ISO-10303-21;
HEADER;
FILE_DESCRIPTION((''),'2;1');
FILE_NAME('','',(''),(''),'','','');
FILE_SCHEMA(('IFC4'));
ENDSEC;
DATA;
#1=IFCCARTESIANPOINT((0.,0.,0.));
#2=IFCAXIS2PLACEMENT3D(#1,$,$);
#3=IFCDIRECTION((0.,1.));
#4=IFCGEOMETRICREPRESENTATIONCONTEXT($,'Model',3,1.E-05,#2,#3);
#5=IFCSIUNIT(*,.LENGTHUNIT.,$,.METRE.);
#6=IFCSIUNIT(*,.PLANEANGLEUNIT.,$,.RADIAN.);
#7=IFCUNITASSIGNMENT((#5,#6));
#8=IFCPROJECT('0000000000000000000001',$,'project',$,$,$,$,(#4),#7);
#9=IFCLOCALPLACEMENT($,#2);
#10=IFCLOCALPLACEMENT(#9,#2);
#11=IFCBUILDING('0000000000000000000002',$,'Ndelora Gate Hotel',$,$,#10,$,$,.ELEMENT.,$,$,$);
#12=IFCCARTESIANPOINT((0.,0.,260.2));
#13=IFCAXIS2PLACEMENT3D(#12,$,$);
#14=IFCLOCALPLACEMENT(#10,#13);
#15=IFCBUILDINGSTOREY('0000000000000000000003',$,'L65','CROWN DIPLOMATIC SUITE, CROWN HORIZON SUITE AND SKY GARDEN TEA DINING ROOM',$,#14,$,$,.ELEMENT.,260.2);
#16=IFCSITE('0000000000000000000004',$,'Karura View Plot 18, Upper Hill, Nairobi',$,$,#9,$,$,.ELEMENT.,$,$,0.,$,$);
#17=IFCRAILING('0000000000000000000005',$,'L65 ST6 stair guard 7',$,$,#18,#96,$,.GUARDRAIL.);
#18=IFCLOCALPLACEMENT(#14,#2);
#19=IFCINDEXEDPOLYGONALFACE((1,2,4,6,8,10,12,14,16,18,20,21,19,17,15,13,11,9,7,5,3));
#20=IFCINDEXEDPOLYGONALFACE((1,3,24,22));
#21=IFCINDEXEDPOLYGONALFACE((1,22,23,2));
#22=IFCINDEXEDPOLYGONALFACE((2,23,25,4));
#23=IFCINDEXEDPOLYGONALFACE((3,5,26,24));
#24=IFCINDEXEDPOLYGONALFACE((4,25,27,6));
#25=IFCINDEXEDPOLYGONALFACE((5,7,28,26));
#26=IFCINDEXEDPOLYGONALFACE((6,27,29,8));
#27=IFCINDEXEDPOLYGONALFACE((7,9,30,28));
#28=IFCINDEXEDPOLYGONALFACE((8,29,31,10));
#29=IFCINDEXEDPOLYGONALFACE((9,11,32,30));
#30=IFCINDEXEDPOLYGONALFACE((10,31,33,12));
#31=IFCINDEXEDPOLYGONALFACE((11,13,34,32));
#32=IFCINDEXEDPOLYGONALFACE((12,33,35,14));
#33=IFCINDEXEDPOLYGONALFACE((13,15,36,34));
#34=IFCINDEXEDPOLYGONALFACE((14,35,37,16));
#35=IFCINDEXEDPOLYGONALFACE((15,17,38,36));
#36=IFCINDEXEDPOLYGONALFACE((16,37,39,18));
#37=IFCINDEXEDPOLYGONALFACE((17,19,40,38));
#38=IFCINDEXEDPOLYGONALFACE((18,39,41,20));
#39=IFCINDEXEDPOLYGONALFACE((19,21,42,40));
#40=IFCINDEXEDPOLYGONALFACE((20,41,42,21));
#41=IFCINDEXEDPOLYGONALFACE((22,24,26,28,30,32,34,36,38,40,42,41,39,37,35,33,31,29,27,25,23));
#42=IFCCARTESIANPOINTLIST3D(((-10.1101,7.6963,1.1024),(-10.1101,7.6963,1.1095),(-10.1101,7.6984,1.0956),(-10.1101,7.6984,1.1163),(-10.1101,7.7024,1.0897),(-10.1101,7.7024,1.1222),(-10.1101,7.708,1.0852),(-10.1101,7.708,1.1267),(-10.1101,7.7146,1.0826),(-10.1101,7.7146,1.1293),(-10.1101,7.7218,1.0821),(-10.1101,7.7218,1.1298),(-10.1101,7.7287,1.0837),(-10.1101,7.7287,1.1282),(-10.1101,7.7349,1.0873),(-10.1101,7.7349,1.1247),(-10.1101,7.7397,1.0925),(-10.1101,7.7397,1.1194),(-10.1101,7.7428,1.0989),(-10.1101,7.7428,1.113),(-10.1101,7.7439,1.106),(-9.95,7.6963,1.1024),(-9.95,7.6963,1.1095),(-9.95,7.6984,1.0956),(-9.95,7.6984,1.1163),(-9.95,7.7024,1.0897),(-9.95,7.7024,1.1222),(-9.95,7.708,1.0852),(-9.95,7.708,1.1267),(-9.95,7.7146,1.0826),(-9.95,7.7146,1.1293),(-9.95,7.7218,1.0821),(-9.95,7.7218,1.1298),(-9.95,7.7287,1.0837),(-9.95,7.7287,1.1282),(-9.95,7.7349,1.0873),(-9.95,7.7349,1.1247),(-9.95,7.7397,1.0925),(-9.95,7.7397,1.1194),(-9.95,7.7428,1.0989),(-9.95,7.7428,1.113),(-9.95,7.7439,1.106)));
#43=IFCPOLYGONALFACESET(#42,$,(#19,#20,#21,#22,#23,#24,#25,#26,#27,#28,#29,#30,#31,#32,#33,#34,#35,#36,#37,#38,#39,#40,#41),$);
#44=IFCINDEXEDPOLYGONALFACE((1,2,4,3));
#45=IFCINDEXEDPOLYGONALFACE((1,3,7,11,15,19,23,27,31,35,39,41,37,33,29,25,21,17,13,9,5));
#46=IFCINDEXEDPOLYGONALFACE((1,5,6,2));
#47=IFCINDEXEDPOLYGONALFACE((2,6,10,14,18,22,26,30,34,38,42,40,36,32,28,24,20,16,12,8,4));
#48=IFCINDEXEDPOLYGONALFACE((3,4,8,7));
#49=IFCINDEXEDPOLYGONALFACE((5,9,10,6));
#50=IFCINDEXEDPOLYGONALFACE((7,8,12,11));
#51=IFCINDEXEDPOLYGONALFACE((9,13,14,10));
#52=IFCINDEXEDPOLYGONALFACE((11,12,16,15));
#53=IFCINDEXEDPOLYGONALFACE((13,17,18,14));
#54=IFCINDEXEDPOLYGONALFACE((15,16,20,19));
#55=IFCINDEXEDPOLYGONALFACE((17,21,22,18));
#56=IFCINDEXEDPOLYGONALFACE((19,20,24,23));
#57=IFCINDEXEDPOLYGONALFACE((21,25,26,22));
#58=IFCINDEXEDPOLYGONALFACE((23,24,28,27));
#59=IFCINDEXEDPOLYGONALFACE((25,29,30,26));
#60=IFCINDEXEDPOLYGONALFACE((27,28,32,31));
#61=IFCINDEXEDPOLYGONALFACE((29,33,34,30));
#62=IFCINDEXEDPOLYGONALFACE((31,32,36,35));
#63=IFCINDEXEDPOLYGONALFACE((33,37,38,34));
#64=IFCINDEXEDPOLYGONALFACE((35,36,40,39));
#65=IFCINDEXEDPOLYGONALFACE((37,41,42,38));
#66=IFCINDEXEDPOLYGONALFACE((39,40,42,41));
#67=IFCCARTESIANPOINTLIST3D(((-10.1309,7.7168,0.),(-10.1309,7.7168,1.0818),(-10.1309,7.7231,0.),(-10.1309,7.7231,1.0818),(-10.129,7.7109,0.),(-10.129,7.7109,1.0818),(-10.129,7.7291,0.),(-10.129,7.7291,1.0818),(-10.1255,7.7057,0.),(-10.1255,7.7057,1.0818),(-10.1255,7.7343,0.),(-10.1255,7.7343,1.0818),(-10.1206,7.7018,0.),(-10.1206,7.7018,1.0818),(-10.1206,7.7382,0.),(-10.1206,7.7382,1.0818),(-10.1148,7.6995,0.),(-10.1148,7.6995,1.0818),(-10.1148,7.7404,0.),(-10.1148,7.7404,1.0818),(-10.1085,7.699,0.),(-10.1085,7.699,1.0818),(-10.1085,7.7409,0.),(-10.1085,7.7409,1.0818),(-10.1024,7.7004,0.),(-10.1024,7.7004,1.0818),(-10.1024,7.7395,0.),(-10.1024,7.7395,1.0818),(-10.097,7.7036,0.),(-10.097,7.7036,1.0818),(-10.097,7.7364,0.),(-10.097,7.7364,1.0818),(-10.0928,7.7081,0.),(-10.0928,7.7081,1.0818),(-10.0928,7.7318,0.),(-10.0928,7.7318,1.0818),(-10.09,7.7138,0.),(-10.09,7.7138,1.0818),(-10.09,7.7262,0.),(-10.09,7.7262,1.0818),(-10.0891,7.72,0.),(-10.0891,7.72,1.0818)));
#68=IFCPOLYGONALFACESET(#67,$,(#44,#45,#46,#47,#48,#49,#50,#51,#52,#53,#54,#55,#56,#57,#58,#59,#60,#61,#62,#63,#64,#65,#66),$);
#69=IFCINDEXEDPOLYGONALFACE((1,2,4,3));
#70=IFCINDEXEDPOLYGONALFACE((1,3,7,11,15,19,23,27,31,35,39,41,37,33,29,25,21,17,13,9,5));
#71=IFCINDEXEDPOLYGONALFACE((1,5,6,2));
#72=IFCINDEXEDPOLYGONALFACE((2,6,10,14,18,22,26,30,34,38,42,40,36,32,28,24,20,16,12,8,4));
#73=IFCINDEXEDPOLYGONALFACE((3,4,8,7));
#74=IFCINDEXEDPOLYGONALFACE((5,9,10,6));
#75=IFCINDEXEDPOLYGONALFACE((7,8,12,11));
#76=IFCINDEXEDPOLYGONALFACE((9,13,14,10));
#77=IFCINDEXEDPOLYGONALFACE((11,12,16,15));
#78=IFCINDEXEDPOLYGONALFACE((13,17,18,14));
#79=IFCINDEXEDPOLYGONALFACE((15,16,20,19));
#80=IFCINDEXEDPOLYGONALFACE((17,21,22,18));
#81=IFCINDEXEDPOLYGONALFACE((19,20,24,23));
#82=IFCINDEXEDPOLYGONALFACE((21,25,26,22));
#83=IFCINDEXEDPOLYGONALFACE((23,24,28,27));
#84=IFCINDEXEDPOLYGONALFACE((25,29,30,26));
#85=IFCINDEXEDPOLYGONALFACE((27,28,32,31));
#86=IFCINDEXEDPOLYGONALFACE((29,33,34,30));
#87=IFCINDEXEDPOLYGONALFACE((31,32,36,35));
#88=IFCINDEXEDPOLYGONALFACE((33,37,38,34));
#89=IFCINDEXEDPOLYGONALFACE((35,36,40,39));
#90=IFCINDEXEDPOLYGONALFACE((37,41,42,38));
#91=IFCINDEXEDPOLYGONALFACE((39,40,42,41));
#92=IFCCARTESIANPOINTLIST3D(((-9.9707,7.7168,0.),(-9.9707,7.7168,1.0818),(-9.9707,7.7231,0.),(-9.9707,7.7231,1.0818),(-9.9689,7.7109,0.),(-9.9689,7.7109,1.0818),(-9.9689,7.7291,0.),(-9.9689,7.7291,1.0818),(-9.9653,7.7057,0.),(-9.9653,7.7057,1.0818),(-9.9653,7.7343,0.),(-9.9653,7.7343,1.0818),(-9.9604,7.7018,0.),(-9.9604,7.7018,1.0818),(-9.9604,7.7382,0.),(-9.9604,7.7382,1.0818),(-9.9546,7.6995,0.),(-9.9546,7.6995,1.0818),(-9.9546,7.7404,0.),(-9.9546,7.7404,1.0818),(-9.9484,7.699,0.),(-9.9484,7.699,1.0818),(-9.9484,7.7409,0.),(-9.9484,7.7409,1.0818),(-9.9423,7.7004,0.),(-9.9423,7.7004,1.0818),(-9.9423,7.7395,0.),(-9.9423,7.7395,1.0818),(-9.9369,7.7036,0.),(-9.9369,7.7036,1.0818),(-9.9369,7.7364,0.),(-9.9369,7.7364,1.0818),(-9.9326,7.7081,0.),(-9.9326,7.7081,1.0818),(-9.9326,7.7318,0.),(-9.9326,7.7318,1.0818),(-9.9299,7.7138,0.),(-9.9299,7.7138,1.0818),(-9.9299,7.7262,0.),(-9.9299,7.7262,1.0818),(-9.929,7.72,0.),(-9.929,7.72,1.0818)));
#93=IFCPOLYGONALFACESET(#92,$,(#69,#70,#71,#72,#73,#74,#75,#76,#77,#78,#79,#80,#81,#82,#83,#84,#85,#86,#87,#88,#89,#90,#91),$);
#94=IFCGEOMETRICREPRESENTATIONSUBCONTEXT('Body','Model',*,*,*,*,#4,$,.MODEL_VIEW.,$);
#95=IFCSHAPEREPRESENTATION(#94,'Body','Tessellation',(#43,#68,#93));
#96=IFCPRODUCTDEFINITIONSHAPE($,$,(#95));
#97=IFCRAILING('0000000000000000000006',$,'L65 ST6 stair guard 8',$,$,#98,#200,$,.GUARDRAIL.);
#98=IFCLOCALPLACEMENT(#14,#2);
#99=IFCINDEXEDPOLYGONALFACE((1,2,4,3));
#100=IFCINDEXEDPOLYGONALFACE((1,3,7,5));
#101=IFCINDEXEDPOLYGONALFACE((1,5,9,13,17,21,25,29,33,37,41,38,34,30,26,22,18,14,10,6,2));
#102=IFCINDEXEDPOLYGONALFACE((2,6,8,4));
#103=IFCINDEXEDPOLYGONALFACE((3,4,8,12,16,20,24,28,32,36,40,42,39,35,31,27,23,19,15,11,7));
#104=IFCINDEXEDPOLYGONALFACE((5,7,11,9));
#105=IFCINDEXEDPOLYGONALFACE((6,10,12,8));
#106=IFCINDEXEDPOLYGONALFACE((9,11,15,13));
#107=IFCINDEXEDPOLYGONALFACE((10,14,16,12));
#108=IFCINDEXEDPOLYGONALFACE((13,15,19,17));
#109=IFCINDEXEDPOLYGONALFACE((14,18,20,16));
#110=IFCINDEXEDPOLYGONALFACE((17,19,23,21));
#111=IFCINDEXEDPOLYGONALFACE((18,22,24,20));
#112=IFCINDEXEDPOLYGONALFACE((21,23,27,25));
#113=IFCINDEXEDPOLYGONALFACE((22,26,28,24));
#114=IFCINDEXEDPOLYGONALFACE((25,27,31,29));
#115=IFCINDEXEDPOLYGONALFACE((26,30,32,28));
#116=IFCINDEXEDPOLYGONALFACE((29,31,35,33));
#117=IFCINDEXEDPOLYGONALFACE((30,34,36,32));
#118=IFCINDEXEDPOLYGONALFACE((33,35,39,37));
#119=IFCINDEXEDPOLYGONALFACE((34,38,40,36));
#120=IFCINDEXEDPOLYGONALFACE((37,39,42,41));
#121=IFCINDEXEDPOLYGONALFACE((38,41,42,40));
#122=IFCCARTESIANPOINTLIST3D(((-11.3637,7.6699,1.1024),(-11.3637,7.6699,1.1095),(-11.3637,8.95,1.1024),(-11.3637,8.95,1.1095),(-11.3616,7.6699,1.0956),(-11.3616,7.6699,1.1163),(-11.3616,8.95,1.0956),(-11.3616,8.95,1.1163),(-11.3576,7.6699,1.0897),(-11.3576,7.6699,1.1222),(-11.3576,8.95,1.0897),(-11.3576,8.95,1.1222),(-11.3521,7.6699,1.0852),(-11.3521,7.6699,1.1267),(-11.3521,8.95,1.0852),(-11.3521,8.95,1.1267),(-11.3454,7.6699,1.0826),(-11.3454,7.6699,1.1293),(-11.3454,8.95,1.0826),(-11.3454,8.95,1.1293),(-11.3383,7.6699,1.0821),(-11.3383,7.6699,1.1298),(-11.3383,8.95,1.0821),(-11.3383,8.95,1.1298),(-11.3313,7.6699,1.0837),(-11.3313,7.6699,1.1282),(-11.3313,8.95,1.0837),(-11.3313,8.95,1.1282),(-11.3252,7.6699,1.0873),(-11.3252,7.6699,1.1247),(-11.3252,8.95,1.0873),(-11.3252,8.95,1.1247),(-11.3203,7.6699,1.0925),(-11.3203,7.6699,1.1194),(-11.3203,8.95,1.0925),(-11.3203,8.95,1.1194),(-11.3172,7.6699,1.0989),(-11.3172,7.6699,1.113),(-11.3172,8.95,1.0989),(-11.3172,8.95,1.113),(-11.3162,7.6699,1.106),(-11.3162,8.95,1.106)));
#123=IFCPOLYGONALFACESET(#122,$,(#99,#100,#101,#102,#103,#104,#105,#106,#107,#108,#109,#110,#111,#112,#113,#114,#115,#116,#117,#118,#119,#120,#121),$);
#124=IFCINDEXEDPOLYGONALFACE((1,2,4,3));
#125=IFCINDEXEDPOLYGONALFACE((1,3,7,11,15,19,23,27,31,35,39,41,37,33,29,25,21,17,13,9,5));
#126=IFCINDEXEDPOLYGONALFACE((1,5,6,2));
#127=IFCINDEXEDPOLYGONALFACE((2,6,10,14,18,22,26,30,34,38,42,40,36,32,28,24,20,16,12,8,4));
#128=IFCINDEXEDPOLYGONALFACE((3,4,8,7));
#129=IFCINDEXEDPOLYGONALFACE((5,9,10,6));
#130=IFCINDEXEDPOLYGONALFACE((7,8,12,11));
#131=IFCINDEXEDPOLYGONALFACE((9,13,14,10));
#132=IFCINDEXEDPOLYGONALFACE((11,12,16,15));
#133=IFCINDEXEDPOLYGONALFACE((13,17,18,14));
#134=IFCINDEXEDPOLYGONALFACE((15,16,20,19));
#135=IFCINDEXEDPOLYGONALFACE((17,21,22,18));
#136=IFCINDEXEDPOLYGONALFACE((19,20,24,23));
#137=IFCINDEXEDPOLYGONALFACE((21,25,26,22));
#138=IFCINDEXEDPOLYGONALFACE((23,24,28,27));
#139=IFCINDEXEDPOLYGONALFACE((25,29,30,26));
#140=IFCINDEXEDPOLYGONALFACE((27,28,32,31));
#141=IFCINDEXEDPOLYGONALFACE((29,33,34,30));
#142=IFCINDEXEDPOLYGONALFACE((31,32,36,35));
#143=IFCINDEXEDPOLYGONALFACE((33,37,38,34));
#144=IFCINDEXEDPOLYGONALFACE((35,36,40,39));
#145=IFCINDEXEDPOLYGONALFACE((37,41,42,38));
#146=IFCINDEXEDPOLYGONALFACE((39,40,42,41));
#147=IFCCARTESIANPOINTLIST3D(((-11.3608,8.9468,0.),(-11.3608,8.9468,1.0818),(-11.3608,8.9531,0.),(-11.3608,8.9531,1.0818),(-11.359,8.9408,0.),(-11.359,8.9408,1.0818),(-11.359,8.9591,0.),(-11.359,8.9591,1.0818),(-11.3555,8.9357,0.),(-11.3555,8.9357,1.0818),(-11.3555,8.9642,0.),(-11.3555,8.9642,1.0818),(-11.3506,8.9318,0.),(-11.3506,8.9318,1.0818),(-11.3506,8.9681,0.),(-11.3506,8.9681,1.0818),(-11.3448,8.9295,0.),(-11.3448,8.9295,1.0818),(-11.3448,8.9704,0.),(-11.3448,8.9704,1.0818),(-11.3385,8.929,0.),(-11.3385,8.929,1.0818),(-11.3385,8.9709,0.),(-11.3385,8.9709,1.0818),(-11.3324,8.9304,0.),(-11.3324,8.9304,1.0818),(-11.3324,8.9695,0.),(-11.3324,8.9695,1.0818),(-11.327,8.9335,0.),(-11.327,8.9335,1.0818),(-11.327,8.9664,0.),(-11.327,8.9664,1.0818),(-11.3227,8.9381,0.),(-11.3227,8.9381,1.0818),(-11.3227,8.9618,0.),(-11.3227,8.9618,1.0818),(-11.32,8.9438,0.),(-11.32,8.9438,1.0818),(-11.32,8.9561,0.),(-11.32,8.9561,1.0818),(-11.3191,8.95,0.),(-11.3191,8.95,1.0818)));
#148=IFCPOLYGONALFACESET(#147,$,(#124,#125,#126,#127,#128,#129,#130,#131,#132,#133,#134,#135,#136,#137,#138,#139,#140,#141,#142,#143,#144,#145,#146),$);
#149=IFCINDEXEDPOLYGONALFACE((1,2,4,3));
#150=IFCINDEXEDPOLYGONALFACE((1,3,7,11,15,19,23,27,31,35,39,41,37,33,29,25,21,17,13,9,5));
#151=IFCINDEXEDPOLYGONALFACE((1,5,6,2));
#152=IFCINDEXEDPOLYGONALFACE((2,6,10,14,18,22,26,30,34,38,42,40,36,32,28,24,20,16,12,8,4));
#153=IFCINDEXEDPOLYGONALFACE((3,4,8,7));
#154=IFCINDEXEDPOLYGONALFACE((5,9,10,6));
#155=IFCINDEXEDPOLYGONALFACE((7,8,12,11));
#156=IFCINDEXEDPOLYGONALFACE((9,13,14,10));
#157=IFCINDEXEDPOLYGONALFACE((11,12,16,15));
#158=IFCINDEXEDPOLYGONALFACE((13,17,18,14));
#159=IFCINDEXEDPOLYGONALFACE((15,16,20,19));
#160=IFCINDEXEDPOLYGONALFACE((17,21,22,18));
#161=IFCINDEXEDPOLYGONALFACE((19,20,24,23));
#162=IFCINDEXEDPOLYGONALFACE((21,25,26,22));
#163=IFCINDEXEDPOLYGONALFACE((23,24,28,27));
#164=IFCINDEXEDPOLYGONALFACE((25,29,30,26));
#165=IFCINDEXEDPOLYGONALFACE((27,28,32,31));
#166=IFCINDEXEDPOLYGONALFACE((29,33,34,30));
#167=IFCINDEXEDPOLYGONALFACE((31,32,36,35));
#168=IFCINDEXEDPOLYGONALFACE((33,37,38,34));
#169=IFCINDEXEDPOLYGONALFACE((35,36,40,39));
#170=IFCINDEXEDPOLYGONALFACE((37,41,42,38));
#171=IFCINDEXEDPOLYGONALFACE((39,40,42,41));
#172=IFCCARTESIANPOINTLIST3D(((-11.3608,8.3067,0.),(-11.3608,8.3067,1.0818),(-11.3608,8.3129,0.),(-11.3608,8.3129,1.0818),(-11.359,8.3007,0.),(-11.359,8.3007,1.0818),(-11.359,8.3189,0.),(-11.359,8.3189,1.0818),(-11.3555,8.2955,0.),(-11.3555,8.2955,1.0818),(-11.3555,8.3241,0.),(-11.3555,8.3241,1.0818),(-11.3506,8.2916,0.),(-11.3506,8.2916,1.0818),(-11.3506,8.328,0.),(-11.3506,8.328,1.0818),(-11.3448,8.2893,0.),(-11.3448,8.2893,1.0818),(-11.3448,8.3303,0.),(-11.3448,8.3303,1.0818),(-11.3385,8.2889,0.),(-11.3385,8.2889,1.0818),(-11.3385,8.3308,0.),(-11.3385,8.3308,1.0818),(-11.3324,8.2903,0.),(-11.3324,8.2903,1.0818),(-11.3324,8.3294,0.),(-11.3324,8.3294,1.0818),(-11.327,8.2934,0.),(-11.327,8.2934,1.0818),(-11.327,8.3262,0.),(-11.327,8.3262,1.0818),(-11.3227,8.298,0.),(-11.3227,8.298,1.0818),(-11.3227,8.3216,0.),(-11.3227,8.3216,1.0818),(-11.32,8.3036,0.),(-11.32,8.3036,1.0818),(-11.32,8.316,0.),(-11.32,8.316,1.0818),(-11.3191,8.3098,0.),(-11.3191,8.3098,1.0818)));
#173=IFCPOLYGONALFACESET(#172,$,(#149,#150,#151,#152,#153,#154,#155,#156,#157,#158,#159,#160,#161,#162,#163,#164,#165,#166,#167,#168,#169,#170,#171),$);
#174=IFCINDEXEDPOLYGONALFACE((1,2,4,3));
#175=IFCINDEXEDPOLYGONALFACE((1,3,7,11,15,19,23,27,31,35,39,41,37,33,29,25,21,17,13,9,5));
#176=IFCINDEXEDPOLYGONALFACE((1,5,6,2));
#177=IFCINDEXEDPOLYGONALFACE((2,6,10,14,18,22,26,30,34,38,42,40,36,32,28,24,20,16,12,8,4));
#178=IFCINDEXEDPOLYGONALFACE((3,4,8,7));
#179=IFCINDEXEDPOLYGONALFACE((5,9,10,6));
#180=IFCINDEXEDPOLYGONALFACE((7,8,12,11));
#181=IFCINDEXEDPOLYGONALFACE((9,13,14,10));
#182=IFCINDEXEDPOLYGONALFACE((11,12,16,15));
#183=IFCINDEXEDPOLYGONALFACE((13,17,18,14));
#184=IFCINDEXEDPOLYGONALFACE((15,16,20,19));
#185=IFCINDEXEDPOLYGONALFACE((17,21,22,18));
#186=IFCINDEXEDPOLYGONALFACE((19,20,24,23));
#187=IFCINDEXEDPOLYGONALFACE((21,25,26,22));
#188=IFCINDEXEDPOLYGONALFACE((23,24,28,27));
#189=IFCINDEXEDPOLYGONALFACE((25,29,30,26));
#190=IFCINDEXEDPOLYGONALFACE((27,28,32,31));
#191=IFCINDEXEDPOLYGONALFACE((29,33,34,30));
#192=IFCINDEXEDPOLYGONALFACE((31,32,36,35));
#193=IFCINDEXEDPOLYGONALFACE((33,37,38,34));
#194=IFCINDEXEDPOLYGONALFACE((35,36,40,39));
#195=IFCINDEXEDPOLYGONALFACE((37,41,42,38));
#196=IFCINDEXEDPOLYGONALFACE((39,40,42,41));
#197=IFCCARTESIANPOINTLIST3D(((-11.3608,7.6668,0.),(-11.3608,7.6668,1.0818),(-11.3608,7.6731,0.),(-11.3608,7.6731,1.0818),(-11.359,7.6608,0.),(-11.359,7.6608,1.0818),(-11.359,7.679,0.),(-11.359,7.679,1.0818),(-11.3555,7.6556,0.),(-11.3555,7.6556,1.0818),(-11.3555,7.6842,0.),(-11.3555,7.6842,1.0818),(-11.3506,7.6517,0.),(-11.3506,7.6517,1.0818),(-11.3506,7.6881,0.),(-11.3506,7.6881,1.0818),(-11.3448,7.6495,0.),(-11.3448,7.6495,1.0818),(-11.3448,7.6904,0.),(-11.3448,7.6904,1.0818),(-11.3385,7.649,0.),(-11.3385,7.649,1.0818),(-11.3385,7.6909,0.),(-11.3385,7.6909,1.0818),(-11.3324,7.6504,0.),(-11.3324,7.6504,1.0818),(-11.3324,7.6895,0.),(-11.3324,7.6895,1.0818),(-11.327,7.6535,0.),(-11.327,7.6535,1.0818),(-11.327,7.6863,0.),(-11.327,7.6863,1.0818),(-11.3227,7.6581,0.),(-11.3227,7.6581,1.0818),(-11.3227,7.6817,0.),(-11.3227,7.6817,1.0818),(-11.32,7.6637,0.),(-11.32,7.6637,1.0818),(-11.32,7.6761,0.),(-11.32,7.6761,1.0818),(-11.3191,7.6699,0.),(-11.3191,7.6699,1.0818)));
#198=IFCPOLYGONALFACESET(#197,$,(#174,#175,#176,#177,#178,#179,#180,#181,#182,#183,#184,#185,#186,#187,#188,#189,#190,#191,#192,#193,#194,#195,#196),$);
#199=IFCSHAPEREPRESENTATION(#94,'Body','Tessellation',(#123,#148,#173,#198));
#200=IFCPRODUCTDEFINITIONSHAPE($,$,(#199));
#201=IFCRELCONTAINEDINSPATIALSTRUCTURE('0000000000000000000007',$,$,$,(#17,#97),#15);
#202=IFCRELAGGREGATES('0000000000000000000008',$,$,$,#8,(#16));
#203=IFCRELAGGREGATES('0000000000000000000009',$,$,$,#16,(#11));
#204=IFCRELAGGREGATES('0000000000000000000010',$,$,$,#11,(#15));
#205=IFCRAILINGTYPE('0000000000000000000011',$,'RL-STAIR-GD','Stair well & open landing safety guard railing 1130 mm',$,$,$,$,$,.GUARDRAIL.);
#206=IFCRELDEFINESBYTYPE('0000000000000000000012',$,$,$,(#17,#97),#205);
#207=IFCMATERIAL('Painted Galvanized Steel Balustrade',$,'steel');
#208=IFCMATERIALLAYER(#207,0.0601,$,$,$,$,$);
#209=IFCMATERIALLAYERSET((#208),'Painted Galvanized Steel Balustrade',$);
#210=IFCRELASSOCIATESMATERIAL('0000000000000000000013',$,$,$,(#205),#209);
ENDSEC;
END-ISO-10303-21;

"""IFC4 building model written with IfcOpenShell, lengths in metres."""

from ifc_helpers import new_model, si_unit, direction, frame, origin, origin_2d, place, context, subcontext, project, spatial, circle, extrude, material, layer, layer_set, type_object, element, save


model = new_model("IFC4")

# Units and contexts
model_context = context("Model", 3, precision=1e-05, world=origin(), true_north=direction((0.0, 1.0)))
body_context = subcontext(model_context, "Body", "Model", "MODEL_VIEW")
ifc_project = project(units=[si_unit("LENGTHUNIT", "METRE"), si_unit("PLANEANGLEUNIT", "RADIAN")], contexts=[model_context])

# Site, building, storey
site_placement = place(None, origin())
site = spatial("IfcSite", under=ifc_project, at=site_placement, Name="Karura View Plot 18, Upper Hill, Nairobi", CompositionType="ELEMENT", RefElevation=0.0)
building_placement = place(site_placement, origin())
building = spatial("IfcBuilding", under=site, at=building_placement, Name="Ndelora Gate Hotel", CompositionType="ELEMENT")
storey_placement = place(building_placement, frame((0.0, 0.0, 260.2)))
storey = spatial("IfcBuildingStorey", under=building, at=storey_placement, Name="L65", Description="CROWN DIPLOMATIC SUITE, CROWN HORIZON SUITE AND SKY GARDEN TEA DINING ROOM", CompositionType="ELEMENT", Elevation=260.2)

# Railings
ifc_material_1 = material(Name="Painted Galvanized Steel Balustrade", Category="steel")
ifc_layer_1 = layer(ifc_material_1, 0.0601)
ifc_layer_set_1 = layer_set([ifc_layer_1], Name="Painted Galvanized Steel Balustrade")
railing_type_1 = type_object("IfcRailingType", Name="RL-STAIR-GD", Description="Stair well & open landing safety guard railing 1130 mm", PredefinedType="GUARDRAIL", material=ifc_layer_set_1)
railing_1_placement = place(storey_placement, frame((-10.1101, 7.72, 0.0)))
element("IfcRailing", 1, at=railing_1_placement, inside=storey, type_object=railing_type_1, Name="L65 ST6 stair guard 7", PredefinedType="GUARDRAIL", context=body_context, shape_type="SweptSolid", body=[
    extrude(circle(Radius=0.0239, at=origin_2d()), frame((0.0, 0.0, 1.106), z_axis=(1.0, 0.0, 0.0), x_axis=(0.0, 1.0, 0.0)), (0.0, 0.0, 1.0), 0.1602),
    extrude(circle(Radius=0.021, at=origin_2d()), origin(), (0.0, 0.0, 1.0), 1.0818),
    extrude(circle(Radius=0.021, at=origin_2d()), frame((0.1602, 0.0, 0.0)), (0.0, 0.0, 1.0), 1.0818),
])
railing_2_placement = place(storey_placement, frame((-11.3401, 8.95, 0.0)))
element("IfcRailing", 2, at=railing_2_placement, inside=storey, type_object=railing_type_1, Name="L65 ST6 stair guard 8", PredefinedType="GUARDRAIL", context=body_context, shape_type="SweptSolid", body=[
    extrude(circle(Radius=0.0239, at=origin_2d()), frame((0.0, 0.0, 1.106), z_axis=(0.0, -1.0, 0.0), x_axis=(1.0, 0.0, 0.0)), (0.0, 0.0, 1.0), 1.28),
    extrude(circle(Radius=0.021, at=origin_2d()), origin(), (0.0, 0.0, 1.0), 1.0818),
    extrude(circle(Radius=0.021, at=origin_2d()), frame((0.0, -0.6401, 0.0)), (0.0, 0.0, 1.0), 1.0818),
    extrude(circle(Radius=0.021, at=origin_2d()), frame((0.0, -1.28, 0.0)), (0.0, 0.0, 1.0), 1.0818),
])

save(model, "model.ifc")
